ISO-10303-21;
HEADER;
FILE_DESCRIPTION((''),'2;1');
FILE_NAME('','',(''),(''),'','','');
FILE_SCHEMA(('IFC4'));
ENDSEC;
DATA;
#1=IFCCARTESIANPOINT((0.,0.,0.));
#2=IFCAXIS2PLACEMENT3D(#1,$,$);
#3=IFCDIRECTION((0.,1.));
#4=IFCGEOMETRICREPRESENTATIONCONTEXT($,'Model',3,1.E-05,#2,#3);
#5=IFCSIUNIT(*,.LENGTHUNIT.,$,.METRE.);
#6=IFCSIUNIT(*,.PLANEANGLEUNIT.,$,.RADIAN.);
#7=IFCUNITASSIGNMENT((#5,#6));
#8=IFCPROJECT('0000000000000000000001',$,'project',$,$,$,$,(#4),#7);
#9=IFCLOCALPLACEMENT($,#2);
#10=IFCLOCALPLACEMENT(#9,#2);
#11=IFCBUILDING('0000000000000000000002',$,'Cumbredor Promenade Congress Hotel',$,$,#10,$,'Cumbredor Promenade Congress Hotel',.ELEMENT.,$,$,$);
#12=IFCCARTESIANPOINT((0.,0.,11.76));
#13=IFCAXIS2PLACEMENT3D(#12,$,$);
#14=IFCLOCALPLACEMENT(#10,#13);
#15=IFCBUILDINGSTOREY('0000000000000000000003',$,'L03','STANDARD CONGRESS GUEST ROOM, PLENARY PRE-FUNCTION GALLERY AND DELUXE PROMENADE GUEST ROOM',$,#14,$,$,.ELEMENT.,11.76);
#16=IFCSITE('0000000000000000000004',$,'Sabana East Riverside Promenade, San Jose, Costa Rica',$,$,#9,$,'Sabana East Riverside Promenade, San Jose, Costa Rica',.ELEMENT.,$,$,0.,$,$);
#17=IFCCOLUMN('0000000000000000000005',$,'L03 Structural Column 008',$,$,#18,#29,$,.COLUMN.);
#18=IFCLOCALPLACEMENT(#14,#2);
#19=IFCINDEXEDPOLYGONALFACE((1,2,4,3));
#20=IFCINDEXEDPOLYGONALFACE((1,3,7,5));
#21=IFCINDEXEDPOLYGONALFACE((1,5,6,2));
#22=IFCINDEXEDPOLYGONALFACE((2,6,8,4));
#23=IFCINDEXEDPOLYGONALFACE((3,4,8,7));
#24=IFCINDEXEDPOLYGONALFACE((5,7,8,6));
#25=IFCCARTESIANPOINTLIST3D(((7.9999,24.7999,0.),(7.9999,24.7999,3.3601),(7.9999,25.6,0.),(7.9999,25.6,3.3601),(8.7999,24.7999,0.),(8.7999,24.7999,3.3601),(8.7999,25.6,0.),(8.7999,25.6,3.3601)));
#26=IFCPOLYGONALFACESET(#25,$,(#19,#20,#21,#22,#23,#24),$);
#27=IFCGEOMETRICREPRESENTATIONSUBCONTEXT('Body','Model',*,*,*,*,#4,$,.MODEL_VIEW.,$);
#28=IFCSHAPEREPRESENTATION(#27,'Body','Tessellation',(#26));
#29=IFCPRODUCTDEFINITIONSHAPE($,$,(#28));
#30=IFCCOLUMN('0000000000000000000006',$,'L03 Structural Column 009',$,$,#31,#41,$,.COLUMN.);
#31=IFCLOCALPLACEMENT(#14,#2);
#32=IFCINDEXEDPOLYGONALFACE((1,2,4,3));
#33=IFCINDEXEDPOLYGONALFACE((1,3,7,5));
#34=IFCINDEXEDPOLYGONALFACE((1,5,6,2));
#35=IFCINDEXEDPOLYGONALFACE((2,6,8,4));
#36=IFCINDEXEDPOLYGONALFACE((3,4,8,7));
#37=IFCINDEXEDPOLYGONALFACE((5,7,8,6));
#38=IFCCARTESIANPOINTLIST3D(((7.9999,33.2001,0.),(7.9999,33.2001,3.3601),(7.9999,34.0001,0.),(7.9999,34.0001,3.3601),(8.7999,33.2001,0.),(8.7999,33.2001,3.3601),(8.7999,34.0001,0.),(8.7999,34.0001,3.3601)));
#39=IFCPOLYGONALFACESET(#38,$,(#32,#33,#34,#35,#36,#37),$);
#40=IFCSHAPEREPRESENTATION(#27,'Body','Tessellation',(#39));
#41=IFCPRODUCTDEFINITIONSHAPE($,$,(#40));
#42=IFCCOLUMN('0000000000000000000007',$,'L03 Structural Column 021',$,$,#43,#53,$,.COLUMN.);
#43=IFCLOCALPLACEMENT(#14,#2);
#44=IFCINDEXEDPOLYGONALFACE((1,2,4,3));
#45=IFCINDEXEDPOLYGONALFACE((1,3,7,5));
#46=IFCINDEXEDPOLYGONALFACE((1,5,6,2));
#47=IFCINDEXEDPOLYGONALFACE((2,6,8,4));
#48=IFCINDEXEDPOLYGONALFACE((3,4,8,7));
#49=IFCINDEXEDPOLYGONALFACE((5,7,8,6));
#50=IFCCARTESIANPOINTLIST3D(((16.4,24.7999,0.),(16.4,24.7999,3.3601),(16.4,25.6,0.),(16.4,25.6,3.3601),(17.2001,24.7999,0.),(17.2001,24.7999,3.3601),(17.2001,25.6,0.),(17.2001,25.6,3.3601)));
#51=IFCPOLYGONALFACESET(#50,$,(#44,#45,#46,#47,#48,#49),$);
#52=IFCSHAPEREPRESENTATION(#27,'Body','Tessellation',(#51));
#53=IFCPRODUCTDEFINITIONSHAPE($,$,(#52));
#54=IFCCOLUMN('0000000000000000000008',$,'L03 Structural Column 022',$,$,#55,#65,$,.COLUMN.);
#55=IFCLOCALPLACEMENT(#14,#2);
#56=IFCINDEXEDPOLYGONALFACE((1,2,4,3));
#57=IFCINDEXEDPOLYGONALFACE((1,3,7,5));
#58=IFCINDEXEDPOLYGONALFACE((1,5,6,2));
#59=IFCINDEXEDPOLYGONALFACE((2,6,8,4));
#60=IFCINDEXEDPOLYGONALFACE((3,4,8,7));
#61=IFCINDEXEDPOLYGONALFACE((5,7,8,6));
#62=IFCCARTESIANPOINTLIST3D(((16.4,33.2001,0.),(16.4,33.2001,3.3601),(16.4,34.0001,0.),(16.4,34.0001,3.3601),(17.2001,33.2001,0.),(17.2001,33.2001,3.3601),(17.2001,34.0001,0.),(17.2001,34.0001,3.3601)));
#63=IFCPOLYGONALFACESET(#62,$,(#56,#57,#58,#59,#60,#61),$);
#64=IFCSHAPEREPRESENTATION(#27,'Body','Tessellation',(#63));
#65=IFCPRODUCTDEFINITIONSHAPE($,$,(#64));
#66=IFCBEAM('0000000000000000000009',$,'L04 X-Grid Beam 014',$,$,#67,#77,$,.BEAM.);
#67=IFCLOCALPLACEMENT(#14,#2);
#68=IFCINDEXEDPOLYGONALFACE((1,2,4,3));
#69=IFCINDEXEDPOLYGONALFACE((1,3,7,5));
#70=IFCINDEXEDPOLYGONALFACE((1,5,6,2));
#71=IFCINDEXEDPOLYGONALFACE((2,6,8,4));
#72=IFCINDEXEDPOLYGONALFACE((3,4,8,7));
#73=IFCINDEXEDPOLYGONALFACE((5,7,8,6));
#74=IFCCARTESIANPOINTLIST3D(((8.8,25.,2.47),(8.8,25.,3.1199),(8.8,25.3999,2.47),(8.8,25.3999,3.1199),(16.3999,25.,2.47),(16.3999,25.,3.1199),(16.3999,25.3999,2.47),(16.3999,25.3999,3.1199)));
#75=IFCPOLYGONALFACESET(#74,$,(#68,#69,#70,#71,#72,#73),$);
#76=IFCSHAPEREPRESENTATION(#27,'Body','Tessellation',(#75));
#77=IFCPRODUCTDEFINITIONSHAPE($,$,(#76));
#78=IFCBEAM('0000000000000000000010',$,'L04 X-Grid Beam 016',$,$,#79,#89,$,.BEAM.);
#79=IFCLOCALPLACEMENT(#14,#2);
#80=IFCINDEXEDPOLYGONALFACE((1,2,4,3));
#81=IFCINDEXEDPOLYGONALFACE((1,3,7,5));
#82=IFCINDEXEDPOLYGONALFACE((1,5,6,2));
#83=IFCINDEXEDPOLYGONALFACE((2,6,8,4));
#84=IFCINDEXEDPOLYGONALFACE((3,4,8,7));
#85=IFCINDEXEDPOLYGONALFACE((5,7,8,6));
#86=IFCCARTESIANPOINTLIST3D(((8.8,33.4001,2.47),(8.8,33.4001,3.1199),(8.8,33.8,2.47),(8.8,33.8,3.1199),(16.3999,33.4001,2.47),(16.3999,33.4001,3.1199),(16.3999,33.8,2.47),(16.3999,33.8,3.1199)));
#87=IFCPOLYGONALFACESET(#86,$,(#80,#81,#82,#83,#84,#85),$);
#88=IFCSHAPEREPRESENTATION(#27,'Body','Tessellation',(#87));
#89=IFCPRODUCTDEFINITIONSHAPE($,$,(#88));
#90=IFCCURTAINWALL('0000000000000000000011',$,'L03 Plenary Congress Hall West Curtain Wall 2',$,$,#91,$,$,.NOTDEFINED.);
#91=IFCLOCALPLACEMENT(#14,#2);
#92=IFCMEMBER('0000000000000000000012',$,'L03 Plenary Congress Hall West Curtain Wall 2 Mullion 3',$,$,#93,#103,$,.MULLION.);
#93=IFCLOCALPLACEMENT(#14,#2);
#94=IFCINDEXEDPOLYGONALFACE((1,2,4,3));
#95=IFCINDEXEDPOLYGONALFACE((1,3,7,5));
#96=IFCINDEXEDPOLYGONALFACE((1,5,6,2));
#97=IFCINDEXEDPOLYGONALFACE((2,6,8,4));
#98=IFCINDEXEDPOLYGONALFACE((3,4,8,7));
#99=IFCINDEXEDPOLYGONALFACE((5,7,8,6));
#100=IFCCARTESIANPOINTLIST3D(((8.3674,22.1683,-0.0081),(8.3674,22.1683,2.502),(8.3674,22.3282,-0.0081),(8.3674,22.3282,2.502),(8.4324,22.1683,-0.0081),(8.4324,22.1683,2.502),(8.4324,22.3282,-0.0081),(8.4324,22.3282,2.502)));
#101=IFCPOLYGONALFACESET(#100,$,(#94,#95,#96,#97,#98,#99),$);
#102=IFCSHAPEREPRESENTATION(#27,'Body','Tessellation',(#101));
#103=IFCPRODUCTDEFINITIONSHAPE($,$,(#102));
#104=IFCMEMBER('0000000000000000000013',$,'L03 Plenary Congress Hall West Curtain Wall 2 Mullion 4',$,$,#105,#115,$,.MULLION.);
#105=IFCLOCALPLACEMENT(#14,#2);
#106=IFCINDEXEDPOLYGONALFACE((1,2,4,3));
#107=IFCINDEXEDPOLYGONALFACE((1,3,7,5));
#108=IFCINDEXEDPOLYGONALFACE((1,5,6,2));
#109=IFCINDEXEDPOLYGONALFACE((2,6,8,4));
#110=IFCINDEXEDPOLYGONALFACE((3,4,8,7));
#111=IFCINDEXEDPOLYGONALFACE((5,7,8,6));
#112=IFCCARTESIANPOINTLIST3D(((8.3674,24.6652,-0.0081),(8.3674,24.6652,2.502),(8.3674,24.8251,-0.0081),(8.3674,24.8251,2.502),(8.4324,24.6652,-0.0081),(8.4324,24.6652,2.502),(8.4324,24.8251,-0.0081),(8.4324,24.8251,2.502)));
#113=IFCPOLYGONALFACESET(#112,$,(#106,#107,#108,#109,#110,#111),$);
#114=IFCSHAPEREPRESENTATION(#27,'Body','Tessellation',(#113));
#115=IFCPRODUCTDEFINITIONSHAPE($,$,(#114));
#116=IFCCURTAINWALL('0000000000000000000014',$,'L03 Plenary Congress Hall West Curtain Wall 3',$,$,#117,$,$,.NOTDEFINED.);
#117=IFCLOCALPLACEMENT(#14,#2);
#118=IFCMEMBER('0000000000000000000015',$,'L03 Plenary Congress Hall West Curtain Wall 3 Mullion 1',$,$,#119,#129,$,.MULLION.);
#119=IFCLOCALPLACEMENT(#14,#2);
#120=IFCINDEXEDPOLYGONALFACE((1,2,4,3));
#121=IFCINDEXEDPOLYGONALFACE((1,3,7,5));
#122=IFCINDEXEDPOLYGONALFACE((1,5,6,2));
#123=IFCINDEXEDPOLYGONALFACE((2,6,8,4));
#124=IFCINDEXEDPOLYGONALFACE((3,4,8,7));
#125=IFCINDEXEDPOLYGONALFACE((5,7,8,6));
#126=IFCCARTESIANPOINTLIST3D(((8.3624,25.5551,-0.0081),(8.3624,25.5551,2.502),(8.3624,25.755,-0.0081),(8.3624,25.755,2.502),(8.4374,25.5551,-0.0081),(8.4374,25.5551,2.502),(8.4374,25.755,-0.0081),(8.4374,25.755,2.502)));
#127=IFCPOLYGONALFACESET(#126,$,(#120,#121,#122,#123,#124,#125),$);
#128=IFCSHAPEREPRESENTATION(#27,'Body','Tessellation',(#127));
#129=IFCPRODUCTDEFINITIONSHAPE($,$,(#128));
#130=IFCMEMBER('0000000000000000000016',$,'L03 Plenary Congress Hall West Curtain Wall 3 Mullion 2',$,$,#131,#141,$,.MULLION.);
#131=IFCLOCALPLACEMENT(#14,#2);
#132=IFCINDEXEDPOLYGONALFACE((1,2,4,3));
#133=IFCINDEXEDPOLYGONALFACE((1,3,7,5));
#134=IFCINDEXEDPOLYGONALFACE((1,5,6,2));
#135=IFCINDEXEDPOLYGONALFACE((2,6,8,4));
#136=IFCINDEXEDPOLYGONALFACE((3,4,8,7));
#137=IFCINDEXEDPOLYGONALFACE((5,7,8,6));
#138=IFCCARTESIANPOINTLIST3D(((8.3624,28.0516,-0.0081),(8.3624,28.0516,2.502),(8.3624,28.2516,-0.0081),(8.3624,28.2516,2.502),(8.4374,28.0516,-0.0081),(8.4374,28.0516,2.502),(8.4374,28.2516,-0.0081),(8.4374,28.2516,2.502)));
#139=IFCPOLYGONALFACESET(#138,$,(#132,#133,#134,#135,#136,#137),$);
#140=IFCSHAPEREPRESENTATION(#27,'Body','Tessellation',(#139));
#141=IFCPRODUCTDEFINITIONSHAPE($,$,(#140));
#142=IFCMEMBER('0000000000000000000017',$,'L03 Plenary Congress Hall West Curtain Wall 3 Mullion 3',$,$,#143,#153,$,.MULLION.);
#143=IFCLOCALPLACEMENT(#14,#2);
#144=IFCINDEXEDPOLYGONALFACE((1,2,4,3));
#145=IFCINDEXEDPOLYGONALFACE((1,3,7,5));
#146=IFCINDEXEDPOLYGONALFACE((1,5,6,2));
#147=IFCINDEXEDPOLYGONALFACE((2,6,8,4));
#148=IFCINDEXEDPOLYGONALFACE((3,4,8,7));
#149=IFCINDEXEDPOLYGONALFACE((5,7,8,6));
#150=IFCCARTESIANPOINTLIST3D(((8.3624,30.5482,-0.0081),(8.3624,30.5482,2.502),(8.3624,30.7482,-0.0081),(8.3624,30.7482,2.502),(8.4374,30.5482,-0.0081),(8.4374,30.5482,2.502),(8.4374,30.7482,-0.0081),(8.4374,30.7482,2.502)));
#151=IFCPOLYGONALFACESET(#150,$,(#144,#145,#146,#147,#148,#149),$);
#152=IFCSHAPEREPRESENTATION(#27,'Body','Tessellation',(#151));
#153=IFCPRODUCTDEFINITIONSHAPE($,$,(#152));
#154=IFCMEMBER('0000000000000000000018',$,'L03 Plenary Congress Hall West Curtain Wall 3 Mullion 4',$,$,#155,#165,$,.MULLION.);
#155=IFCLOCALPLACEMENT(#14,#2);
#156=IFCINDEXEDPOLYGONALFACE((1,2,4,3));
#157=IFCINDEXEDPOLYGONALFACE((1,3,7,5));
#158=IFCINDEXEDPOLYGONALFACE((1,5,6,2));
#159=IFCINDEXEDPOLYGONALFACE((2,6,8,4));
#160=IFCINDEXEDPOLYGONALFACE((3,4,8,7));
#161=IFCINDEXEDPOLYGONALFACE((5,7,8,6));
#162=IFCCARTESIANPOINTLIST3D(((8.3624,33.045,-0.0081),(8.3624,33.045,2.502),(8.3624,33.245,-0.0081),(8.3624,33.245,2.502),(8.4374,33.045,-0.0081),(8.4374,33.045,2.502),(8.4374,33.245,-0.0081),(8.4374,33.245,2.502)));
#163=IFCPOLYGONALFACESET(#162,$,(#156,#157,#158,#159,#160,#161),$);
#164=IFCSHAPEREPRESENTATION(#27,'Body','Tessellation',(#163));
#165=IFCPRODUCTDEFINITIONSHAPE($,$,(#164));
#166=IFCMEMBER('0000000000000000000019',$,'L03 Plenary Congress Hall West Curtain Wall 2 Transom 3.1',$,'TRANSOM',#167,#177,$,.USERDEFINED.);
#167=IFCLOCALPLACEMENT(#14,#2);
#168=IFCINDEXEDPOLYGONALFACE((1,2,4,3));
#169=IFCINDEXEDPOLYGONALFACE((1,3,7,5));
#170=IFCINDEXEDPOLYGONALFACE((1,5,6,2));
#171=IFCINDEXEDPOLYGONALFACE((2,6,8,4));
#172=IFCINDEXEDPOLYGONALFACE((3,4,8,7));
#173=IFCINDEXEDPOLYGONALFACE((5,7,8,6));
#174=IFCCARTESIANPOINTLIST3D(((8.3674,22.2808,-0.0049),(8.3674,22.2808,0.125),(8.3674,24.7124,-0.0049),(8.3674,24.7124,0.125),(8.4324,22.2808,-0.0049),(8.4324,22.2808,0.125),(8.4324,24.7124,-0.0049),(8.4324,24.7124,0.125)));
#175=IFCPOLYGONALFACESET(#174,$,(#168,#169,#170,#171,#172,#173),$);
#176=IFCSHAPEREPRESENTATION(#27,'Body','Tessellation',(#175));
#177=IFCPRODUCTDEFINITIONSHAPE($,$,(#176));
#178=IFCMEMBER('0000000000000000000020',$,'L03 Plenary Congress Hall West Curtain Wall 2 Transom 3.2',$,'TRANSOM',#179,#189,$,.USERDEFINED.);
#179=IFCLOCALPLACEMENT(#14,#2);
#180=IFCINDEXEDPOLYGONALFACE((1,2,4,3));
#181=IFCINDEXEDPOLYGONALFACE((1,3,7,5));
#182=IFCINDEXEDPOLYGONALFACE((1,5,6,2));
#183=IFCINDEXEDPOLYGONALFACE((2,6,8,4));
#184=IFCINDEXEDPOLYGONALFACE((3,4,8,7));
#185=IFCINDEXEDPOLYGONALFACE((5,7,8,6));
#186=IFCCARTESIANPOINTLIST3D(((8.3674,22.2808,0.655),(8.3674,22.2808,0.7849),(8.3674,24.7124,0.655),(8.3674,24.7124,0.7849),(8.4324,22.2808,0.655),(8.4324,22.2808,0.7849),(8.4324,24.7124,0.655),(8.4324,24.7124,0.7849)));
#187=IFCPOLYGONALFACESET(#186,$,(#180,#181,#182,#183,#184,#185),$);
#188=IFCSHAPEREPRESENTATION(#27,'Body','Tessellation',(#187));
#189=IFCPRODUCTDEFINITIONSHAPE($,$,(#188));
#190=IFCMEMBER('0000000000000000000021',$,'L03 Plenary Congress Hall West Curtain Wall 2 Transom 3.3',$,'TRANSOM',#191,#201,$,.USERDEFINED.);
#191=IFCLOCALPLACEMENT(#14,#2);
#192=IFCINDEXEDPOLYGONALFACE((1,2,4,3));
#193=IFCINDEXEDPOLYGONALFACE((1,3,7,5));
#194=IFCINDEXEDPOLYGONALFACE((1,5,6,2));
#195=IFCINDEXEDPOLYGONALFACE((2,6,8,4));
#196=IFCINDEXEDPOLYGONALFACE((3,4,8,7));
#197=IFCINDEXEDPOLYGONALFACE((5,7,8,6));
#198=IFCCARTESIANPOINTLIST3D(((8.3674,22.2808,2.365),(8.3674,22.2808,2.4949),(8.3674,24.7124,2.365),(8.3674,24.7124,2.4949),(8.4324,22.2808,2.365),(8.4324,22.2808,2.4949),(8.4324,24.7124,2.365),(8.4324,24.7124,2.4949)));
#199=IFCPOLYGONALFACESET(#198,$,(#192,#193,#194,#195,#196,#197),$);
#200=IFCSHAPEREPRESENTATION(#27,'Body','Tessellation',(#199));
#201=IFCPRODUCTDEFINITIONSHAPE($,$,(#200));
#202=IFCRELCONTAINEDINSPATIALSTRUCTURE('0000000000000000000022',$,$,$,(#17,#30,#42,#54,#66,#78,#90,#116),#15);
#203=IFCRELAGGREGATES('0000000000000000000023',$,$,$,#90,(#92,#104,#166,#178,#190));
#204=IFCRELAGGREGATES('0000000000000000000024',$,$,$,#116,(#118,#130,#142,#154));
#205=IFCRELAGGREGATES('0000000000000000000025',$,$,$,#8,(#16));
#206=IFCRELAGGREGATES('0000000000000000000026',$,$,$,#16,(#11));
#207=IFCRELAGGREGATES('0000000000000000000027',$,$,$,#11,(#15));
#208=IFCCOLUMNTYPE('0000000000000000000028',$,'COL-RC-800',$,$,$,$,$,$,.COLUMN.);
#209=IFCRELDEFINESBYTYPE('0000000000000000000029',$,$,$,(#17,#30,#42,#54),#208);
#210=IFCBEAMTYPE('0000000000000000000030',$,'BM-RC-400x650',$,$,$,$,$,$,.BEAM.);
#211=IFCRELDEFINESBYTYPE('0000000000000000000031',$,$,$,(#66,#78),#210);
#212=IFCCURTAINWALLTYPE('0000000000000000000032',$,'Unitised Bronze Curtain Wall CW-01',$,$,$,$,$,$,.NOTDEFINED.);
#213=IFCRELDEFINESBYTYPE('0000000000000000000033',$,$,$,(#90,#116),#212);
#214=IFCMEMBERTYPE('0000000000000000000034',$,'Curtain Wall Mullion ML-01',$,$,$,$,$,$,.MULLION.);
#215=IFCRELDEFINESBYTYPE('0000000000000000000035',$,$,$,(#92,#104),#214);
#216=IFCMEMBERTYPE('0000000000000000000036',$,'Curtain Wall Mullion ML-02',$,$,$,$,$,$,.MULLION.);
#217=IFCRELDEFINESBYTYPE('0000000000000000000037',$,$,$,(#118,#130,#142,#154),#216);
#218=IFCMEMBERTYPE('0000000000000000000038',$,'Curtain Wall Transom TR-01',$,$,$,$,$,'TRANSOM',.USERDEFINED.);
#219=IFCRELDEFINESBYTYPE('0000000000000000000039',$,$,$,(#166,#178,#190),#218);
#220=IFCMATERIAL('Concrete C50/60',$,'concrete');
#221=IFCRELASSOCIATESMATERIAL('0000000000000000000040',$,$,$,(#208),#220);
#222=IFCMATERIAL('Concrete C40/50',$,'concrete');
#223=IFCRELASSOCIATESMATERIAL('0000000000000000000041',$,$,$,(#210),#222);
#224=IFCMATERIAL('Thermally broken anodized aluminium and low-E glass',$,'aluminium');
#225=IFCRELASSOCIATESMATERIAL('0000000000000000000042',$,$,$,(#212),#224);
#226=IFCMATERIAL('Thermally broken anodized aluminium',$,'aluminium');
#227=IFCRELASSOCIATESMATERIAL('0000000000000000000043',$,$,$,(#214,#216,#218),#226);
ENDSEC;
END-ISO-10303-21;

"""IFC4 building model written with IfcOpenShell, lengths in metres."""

from ifc_helpers import new_model, si_unit, direction, frame, origin, origin_2d, place, context, subcontext, project, spatial, rectangle, extrude, material, material_profile, profile_set, type_object, element, aggregate, save


model = new_model("IFC4")

# Units and contexts
model_context = context("Model", 3, precision=1e-05, world=origin(), true_north=direction((0.0, 1.0)))
body_context = subcontext(model_context, "Body", "Model", "MODEL_VIEW")
ifc_project = project(units=[si_unit("LENGTHUNIT", "METRE"), si_unit("PLANEANGLEUNIT", "RADIAN")], contexts=[model_context])

# Site, building, storey
site_placement = place(None, origin())
site = spatial("IfcSite", under=ifc_project, at=site_placement, Name="Sabana East Riverside Promenade, San Jose, Costa Rica", LongName="Sabana East Riverside Promenade, San Jose, Costa Rica", CompositionType="ELEMENT", RefElevation=0.0)
building_placement = place(site_placement, origin())
building = spatial("IfcBuilding", under=site, at=building_placement, Name="Cumbredor Promenade Congress Hotel", LongName="Cumbredor Promenade Congress Hotel", CompositionType="ELEMENT")
storey_placement = place(building_placement, frame((0.0, 0.0, 11.76)))
storey = spatial("IfcBuildingStorey", under=building, at=storey_placement, Name="L03", Description="STANDARD CONGRESS GUEST ROOM, PLENARY PRE-FUNCTION GALLERY AND DELUXE PROMENADE GUEST ROOM", CompositionType="ELEMENT", Elevation=11.76)

# Columns
ifc_material_1 = material(Name="Concrete C50/60", Category="concrete")
ifc_material_profile_1 = material_profile(ifc_material_1, rectangle(XDim=0.8, YDim=0.8, at=origin_2d()), Name="RC 800x800")
ifc_profile_set_1 = profile_set([ifc_material_profile_1], Name="Concrete C50/60")
column_type = type_object("IfcColumnType", Name="COL-RC-800", PredefinedType="COLUMN", material=ifc_profile_set_1)
for number, where, z_axis, x_axis, name in (
    (1, (8.3999, 25.2, 0.0), (0.0, 0.0, 1.0), (1.0, 0.0, 0.0), "L03 Structural Column 008"),
    (2, (8.3999, 33.6001, 0.0), (0.0, 0.0, 1.0), (1.0, 0.0, 0.0), "L03 Structural Column 009"),
    (3, (16.8, 25.2, 0.0), (0.0, 0.0, 1.0), (1.0, 0.0, 0.0), "L03 Structural Column 021"),
    (4, (16.8, 33.6001, 0.0), (0.0, 0.0, 1.0), (1.0, 0.0, 0.0), "L03 Structural Column 022"),
):
    element("IfcColumn", number, at=place(storey_placement, frame(where, z_axis=z_axis, x_axis=x_axis)), inside=storey, type_object=column_type, Name=name, PredefinedType="COLUMN", context=body_context, shape_type="SweptSolid", body=[
        extrude(rectangle(XDim=0.8, YDim=0.8, at=origin_2d()), origin(), (0.0, 0.0, 1.0), 3.3601),
    ])

# Beams
ifc_material_2 = material(Name="Concrete C40/50", Category="concrete")
ifc_material_profile_2 = material_profile(ifc_material_2, rectangle(XDim=0.3999, YDim=0.6499, at=origin_2d()), Name="RC BEAM 400x650")
ifc_profile_set_2 = profile_set([ifc_material_profile_2], Name="Concrete C40/50")
beam_type_1 = type_object("IfcBeamType", Name="BM-RC-400x650", PredefinedType="BEAM", material=ifc_profile_set_2)
for number, where, z_axis, x_axis, name in (
    (5, (8.8, 25.2, 2.7949), (1.0, 0.0, 0.0), (0.0, 1.0, 0.0), "L04 X-Grid Beam 014"),
    (6, (8.8, 33.6001, 2.7949), (1.0, 0.0, 0.0), (0.0, 1.0, 0.0), "L04 X-Grid Beam 016"),
):
    element("IfcBeam", number, at=place(storey_placement, frame(where, z_axis=z_axis, x_axis=x_axis)), inside=storey, type_object=beam_type_1, Name=name, PredefinedType="BEAM", context=body_context, shape_type="SweptSolid", body=[
        extrude(rectangle(XDim=0.3999, YDim=0.6499, at=origin_2d()), origin(), (0.0, 0.0, 1.0), 7.5999),
    ])

# Curtain walls, members
ifc_material_3 = material(Name="Thermally broken anodized aluminium and low-E glass", Category="aluminium")
curtain_wall_type = type_object("IfcCurtainWallType", Name="Unitised Bronze Curtain Wall CW-01", PredefinedType="NOTDEFINED", material=ifc_material_3)
curtain_wall_1_placement = place(storey_placement, origin())
curtain_wall_1 = element("IfcCurtainWall", 7, at=curtain_wall_1_placement, inside=storey, type_object=curtain_wall_type, Name="L03 Plenary Congress Hall West Curtain Wall 2", PredefinedType="NOTDEFINED")
ifc_material_4 = material(Name="Thermally broken anodized aluminium", Category="aluminium")
ifc_material_profile_3 = material_profile(ifc_material_4, rectangle(XDim=0.0649, YDim=0.1599, at=origin_2d()), Name="ALU MULLION 65x160")
ifc_profile_set_3 = profile_set([ifc_material_profile_3], Name="Thermally broken anodized aluminium")
member_type_1 = type_object("IfcMemberType", Name="Curtain Wall Mullion ML-01", PredefinedType="MULLION", material=ifc_profile_set_3)
member_1_placement = place(storey_placement, frame((8.3999, 22.2483, -0.0081), z_axis=(0.0, 0.0, 1.0), x_axis=(1.0, 0.0, 0.0)))
member_1 = element("IfcMember", 8, at=member_1_placement, type_object=member_type_1, Name="L03 Plenary Congress Hall West Curtain Wall 2 Mullion 3", PredefinedType="MULLION", context=body_context, shape_type="SweptSolid", body=[
    extrude(rectangle(XDim=0.0649, YDim=0.1599, at=origin_2d()), origin(), (0.0, 0.0, 1.0), 2.51),
])
member_2_placement = place(storey_placement, frame((8.3999, 24.7451, -0.0081), z_axis=(0.0, 0.0, 1.0), x_axis=(1.0, 0.0, 0.0)))
member_2 = element("IfcMember", 9, at=member_2_placement, type_object=member_type_1, Name="L03 Plenary Congress Hall West Curtain Wall 2 Mullion 4", PredefinedType="MULLION", context=body_context, shape_type="SweptSolid", body=[
    extrude(rectangle(XDim=0.0649, YDim=0.1599, at=origin_2d()), origin(), (0.0, 0.0, 1.0), 2.51),
])
curtain_wall_2_placement = place(storey_placement, origin())
curtain_wall_2 = element("IfcCurtainWall", 10, at=curtain_wall_2_placement, inside=storey, type_object=curtain_wall_type, Name="L03 Plenary Congress Hall West Curtain Wall 3", PredefinedType="NOTDEFINED")
ifc_material_profile_4 = material_profile(ifc_material_4, rectangle(XDim=0.075, YDim=0.2, at=origin_2d()), Name="ALU MULLION 75x200")
ifc_profile_set_4 = profile_set([ifc_material_profile_4], Name="Thermally broken anodized aluminium")
member_type_2 = type_object("IfcMemberType", Name="Curtain Wall Mullion ML-02", PredefinedType="MULLION", material=ifc_profile_set_4)
member_3_placement = place(storey_placement, frame((8.3999, 25.655, -0.0081), z_axis=(0.0, 0.0, 1.0), x_axis=(1.0, 0.0, 0.0)))
member_3 = element("IfcMember", 11, at=member_3_placement, type_object=member_type_2, Name="L03 Plenary Congress Hall West Curtain Wall 3 Mullion 1", PredefinedType="MULLION", context=body_context, shape_type="SweptSolid", body=[
    extrude(rectangle(XDim=0.075, YDim=0.2, at=origin_2d()), origin(), (0.0, 0.0, 1.0), 2.51),
])
member_4_placement = place(storey_placement, frame((8.3999, 28.1516, -0.0081), z_axis=(0.0, 0.0, 1.0), x_axis=(1.0, 0.0, 0.0)))
member_4 = element("IfcMember", 12, at=member_4_placement, type_object=member_type_2, Name="L03 Plenary Congress Hall West Curtain Wall 3 Mullion 2", PredefinedType="MULLION", context=body_context, shape_type="SweptSolid", body=[
    extrude(rectangle(XDim=0.075, YDim=0.2, at=origin_2d()), origin(), (0.0, 0.0, 1.0), 2.51),
])
member_5_placement = place(storey_placement, frame((8.3999, 30.6482, -0.0081), z_axis=(0.0, 0.0, 1.0), x_axis=(1.0, 0.0, 0.0)))
member_5 = element("IfcMember", 13, at=member_5_placement, type_object=member_type_2, Name="L03 Plenary Congress Hall West Curtain Wall 3 Mullion 3", PredefinedType="MULLION", context=body_context, shape_type="SweptSolid", body=[
    extrude(rectangle(XDim=0.075, YDim=0.2, at=origin_2d()), origin(), (0.0, 0.0, 1.0), 2.51),
])
member_6_placement = place(storey_placement, frame((8.3999, 33.145, -0.0081), z_axis=(0.0, 0.0, 1.0), x_axis=(1.0, 0.0, 0.0)))
member_6 = element("IfcMember", 14, at=member_6_placement, type_object=member_type_2, Name="L03 Plenary Congress Hall West Curtain Wall 3 Mullion 4", PredefinedType="MULLION", context=body_context, shape_type="SweptSolid", body=[
    extrude(rectangle(XDim=0.075, YDim=0.2, at=origin_2d()), origin(), (0.0, 0.0, 1.0), 2.51),
])

# Members
ifc_material_profile_5 = material_profile(ifc_material_4, rectangle(XDim=0.0649, YDim=0.1299, at=origin_2d()), Name="ALU TRANSOM 65x130")
ifc_profile_set_5 = profile_set([ifc_material_profile_5], Name="Thermally broken anodized aluminium")
member_type_3 = type_object("IfcMemberType", Name="Curtain Wall Transom TR-01", ElementType="TRANSOM", PredefinedType="USERDEFINED", material=ifc_profile_set_5)
member_7_placement = place(storey_placement, frame((8.3999, 22.2808, 0.0601), z_axis=(0.0, 1.0, 0.0), x_axis=(-1.0, 0.0, 0.0)))
member_7 = element("IfcMember", 15, at=member_7_placement, type_object=member_type_3, Name="L03 Plenary Congress Hall West Curtain Wall 2 Transom 3.1", ObjectType="TRANSOM", PredefinedType="USERDEFINED", context=body_context, shape_type="SweptSolid", body=[
    extrude(rectangle(XDim=0.0649, YDim=0.1299, at=origin_2d()), origin(), (0.0, 0.0, 1.0), 2.4316),
])
member_8_placement = place(storey_placement, frame((8.3999, 22.2808, 0.72), z_axis=(0.0, 1.0, 0.0), x_axis=(-1.0, 0.0, 0.0)))
member_8 = element("IfcMember", 16, at=member_8_placement, type_object=member_type_3, Name="L03 Plenary Congress Hall West Curtain Wall 2 Transom 3.2", ObjectType="TRANSOM", PredefinedType="USERDEFINED", context=body_context, shape_type="SweptSolid", body=[
    extrude(rectangle(XDim=0.0649, YDim=0.1299, at=origin_2d()), origin(), (0.0, 0.0, 1.0), 2.4316),
])
member_9_placement = place(storey_placement, frame((8.3999, 22.2808, 2.4299), z_axis=(0.0, 1.0, 0.0), x_axis=(-1.0, 0.0, 0.0)))
member_9 = element("IfcMember", 17, at=member_9_placement, type_object=member_type_3, Name="L03 Plenary Congress Hall West Curtain Wall 2 Transom 3.3", ObjectType="TRANSOM", PredefinedType="USERDEFINED", context=body_context, shape_type="SweptSolid", body=[
    extrude(rectangle(XDim=0.0649, YDim=0.1299, at=origin_2d()), origin(), (0.0, 0.0, 1.0), 2.4316),
])

aggregate(curtain_wall_1, [member_1, member_2, member_7, member_8, member_9])
aggregate(curtain_wall_2, [member_3, member_4, member_5, member_6])

save(model, "model.ifc")
